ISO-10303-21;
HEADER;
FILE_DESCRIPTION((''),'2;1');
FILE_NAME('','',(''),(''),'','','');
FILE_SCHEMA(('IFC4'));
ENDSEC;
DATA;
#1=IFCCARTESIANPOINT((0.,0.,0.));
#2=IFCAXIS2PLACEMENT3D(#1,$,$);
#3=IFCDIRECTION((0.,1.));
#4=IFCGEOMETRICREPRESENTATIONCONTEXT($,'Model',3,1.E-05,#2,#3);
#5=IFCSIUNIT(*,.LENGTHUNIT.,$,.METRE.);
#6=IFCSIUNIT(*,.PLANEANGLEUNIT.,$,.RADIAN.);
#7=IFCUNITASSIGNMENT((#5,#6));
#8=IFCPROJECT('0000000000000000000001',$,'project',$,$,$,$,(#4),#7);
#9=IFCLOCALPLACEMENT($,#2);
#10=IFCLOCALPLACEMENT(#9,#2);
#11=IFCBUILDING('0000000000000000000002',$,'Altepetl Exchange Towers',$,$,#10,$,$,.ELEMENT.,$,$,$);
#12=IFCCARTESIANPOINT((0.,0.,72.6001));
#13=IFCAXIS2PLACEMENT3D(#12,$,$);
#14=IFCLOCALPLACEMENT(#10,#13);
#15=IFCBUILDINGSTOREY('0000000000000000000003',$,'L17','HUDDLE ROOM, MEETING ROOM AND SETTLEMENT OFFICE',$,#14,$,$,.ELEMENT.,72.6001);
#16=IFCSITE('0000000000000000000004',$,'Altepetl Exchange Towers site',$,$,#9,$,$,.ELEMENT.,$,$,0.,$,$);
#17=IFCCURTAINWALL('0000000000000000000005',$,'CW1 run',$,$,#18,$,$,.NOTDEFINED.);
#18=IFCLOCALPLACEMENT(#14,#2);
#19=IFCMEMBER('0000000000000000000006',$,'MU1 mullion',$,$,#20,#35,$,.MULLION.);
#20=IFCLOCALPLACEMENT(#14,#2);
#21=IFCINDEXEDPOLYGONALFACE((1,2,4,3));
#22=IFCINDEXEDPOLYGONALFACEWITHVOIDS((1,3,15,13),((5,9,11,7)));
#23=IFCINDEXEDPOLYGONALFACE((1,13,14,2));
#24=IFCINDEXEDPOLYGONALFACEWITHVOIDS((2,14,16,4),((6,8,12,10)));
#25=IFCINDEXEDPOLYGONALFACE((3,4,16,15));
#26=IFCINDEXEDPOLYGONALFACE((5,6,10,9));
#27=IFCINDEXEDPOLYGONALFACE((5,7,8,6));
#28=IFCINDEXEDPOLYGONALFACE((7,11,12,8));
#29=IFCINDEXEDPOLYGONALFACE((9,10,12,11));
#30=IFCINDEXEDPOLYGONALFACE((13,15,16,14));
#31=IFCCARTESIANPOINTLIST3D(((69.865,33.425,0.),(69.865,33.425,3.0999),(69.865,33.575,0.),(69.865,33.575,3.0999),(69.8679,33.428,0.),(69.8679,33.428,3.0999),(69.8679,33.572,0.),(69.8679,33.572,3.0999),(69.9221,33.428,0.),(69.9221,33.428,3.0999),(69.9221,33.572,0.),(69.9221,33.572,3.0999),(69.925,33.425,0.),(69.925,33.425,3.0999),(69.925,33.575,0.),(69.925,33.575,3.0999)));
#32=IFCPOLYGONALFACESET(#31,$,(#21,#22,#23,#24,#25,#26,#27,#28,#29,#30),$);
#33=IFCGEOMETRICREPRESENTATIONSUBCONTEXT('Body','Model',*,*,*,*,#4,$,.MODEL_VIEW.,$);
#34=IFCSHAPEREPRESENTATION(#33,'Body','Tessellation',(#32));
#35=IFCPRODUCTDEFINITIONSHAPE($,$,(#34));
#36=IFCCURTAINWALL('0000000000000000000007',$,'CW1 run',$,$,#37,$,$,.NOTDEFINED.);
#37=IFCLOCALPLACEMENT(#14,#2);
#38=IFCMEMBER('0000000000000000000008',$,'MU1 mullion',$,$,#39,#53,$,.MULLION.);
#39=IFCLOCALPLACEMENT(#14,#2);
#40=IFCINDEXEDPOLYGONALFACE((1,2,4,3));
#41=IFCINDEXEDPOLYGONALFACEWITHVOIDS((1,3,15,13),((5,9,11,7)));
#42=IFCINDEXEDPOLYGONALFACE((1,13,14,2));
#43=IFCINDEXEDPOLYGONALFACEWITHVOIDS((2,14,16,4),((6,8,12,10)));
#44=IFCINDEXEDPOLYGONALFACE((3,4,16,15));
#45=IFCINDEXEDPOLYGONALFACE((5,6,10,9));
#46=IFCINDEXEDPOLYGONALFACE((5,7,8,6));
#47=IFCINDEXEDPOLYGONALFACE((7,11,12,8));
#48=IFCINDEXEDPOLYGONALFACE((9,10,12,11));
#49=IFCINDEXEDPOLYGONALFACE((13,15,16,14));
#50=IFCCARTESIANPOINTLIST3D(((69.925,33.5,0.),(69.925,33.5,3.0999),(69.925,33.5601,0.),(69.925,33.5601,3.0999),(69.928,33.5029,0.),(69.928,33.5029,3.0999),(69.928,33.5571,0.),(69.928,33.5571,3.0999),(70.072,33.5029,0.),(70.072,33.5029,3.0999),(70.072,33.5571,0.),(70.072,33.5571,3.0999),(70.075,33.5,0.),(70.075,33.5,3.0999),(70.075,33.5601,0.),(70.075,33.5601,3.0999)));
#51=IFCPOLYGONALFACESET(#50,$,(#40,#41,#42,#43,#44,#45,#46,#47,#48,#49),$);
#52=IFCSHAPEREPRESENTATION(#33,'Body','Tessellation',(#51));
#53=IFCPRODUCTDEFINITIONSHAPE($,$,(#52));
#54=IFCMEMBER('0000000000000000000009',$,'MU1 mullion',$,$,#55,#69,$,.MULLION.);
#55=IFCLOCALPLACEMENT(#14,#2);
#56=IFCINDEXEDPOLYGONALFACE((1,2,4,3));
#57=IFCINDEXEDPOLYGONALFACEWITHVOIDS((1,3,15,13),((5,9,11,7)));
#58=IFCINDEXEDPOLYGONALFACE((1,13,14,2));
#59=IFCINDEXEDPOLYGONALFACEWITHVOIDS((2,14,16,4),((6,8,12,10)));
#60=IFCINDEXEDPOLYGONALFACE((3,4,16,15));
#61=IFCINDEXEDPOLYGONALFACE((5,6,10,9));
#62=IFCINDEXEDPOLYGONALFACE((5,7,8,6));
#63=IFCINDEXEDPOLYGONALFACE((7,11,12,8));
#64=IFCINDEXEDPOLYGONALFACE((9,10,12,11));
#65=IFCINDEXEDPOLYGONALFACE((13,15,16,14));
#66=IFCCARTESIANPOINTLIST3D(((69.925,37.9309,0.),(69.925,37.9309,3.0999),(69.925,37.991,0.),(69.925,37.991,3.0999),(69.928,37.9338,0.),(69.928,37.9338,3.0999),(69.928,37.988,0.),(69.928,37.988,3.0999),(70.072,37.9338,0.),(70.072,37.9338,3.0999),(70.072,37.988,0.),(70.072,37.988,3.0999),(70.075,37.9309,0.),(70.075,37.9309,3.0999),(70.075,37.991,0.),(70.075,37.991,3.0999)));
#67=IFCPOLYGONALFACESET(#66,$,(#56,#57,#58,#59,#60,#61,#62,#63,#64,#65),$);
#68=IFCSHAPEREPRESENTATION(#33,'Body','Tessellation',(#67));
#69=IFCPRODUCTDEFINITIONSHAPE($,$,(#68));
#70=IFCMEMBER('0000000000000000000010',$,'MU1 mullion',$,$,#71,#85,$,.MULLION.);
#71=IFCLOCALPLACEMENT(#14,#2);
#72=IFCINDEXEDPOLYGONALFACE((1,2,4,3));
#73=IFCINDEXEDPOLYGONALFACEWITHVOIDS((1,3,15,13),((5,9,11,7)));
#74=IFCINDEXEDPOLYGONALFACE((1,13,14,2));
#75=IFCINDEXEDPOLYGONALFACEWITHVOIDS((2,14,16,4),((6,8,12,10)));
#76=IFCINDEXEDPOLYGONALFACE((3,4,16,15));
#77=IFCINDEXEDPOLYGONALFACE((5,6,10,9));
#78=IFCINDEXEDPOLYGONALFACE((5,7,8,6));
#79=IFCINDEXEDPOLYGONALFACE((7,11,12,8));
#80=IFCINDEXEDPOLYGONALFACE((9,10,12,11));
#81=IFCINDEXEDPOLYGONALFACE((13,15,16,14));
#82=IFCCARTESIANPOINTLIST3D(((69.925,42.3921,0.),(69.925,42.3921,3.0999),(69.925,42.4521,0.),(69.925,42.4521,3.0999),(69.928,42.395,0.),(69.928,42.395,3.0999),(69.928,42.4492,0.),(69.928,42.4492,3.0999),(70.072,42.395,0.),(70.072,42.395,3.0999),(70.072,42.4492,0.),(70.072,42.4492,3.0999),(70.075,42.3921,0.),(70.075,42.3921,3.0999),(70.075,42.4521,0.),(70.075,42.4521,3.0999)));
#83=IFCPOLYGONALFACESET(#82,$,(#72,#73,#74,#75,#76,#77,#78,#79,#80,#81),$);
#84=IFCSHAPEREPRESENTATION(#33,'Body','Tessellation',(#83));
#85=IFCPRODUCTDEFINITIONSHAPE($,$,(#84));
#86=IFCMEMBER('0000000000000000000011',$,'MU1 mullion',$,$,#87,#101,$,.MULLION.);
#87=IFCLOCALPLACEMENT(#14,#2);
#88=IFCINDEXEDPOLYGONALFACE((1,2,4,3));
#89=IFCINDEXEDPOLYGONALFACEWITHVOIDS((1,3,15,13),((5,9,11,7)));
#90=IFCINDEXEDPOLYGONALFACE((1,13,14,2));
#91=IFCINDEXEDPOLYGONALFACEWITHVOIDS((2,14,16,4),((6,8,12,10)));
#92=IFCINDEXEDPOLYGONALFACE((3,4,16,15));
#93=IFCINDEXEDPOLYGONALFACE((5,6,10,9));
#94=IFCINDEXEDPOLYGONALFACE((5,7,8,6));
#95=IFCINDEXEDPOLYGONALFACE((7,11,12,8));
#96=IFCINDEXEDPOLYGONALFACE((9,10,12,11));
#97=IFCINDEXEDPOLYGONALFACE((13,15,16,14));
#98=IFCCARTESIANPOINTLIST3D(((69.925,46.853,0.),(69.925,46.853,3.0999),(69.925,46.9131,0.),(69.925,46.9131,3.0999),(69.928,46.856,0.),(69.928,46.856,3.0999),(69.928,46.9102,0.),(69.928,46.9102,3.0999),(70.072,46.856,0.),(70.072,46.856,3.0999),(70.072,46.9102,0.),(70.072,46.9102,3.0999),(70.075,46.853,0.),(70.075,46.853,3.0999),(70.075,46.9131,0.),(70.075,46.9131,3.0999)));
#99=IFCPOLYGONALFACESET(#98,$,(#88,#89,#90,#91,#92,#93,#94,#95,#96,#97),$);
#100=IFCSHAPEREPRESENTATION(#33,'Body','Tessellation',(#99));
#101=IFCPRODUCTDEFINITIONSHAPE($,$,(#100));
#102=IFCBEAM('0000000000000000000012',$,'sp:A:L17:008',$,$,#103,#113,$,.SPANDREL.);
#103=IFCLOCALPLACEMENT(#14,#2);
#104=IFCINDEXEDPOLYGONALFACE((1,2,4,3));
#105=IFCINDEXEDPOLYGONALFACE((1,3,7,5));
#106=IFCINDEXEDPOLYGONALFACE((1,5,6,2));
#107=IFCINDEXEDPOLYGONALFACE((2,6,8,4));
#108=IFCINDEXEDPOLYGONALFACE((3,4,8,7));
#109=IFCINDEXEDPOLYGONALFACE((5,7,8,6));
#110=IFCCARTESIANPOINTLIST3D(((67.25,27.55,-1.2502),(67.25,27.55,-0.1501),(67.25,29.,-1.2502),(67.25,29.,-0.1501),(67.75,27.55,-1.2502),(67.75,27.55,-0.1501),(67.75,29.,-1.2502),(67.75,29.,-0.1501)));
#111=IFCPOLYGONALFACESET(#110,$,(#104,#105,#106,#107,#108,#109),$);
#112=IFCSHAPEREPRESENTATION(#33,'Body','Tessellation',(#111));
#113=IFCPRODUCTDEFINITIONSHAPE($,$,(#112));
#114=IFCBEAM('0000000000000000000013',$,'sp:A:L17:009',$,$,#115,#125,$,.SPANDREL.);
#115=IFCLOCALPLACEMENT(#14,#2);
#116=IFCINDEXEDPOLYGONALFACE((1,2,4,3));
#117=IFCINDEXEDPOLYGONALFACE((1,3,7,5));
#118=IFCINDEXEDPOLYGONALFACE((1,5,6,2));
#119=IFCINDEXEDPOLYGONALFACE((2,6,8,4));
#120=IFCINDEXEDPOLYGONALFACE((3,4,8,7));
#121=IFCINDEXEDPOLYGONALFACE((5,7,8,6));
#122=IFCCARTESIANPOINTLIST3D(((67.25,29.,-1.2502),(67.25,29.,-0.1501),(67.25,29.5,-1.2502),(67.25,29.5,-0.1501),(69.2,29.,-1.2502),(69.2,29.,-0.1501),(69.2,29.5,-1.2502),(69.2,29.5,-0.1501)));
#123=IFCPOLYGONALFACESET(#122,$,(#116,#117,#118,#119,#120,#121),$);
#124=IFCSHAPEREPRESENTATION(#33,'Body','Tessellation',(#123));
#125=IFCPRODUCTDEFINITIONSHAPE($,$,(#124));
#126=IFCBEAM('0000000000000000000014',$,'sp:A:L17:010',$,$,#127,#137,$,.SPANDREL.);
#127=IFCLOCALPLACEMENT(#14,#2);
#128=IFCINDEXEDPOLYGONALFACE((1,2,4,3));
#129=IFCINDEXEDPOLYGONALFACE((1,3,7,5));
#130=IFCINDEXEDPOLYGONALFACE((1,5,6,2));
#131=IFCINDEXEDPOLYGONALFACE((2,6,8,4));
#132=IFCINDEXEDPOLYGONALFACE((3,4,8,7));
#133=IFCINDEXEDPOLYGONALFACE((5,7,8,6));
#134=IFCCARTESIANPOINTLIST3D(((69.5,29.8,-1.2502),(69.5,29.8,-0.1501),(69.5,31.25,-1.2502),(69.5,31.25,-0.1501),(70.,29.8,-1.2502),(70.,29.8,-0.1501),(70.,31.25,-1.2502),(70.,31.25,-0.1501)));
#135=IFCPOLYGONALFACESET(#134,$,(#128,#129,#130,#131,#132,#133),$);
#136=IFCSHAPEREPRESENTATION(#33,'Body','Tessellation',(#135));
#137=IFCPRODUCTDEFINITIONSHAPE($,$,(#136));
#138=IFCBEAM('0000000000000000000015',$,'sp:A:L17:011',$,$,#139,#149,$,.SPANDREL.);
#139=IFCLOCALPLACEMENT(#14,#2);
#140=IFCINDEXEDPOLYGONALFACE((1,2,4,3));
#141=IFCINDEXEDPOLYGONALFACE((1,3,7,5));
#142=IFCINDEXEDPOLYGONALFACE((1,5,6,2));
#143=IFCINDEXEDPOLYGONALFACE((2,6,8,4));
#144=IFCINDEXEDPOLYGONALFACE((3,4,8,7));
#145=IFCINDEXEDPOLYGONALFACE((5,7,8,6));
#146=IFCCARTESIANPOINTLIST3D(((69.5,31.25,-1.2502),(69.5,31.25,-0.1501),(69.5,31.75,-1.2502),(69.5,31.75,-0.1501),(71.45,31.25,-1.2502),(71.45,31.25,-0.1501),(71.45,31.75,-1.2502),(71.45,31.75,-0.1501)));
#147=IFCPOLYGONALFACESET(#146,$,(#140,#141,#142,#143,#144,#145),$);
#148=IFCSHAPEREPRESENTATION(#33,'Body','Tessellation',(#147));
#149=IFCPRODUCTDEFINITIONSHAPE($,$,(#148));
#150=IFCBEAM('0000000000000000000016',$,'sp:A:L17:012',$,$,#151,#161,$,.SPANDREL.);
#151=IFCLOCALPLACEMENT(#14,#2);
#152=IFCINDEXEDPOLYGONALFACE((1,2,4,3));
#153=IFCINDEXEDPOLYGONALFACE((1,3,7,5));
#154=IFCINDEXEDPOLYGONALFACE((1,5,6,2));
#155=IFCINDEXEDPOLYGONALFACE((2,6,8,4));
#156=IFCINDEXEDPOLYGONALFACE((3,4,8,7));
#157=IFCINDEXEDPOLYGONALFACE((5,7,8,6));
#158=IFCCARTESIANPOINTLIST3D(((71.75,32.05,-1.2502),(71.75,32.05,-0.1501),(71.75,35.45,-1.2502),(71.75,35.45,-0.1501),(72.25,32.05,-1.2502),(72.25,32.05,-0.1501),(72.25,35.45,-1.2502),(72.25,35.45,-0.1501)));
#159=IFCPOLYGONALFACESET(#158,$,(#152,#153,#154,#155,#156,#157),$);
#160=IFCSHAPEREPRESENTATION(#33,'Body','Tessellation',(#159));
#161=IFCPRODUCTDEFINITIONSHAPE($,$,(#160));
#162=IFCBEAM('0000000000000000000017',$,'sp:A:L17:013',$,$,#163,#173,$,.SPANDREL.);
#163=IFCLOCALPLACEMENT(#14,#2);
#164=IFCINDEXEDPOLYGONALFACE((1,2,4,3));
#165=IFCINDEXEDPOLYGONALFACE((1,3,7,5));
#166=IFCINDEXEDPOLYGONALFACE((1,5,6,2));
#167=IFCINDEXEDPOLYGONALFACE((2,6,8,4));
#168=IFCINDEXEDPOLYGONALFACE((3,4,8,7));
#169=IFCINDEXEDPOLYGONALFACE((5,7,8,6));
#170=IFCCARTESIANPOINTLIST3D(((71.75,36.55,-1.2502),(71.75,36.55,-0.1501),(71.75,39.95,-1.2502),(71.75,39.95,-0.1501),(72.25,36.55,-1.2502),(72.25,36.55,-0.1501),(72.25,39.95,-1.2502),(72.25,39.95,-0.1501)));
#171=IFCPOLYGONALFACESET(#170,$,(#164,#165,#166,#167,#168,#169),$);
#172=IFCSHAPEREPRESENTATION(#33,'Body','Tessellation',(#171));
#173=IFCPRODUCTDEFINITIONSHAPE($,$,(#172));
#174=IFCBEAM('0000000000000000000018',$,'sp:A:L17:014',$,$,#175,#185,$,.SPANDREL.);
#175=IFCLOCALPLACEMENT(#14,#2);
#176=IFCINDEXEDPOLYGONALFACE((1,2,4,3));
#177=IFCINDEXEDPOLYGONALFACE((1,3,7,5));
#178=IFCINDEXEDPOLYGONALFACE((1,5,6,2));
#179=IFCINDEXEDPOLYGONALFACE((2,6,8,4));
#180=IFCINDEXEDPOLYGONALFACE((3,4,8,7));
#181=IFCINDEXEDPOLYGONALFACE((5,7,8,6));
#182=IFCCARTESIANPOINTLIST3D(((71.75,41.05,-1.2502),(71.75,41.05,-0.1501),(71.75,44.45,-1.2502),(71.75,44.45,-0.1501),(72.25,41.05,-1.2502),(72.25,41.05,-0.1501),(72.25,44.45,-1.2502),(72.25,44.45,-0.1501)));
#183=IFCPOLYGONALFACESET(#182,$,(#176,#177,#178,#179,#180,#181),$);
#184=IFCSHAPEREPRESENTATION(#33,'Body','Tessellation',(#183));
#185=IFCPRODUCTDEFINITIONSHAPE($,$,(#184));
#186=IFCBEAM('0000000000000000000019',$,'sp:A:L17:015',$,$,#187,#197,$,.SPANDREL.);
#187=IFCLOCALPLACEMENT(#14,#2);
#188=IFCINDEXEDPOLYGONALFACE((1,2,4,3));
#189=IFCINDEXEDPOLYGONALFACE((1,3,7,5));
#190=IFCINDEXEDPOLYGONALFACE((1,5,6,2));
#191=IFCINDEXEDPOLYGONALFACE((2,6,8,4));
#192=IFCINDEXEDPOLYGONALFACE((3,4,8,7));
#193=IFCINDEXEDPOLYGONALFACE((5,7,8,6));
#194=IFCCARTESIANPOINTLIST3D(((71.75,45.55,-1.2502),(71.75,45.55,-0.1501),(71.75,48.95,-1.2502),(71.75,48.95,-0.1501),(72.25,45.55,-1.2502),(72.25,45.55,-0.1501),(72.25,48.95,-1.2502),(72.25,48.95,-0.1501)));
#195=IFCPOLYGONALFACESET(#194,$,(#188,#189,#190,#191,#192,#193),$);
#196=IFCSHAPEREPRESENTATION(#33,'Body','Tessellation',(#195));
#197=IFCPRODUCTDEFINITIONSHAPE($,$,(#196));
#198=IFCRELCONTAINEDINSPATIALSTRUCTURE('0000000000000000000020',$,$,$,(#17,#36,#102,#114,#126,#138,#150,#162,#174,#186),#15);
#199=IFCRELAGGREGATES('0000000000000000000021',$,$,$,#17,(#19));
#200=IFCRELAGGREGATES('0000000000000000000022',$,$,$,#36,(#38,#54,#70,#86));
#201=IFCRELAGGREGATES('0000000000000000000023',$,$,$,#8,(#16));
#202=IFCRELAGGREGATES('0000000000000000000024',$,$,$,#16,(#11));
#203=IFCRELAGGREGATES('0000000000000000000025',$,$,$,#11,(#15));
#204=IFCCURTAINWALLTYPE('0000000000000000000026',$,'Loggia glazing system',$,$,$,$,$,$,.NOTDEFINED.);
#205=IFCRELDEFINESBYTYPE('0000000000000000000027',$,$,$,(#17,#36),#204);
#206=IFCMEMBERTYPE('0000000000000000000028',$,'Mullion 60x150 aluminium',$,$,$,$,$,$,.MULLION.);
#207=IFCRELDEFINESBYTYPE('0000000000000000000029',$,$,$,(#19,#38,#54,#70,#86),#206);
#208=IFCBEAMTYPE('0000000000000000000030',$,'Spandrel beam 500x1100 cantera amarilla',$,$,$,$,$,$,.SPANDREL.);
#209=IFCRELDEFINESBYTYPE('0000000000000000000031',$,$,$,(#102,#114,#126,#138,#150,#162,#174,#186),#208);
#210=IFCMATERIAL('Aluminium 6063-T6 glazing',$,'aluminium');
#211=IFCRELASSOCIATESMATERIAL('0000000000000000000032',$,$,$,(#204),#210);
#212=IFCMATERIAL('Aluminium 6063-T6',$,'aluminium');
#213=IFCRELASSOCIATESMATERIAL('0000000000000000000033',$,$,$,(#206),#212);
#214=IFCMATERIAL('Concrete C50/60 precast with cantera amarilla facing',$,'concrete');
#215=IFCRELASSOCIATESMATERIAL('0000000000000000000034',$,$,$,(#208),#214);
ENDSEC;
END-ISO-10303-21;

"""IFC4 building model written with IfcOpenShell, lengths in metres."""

from ifc_helpers import new_model, si_unit, direction, frame, origin, origin_2d, place, context, subcontext, project, spatial, rectangle, hollow_rectangle, extrude, material, material_profile, profile_set, type_object, element, aggregate, save


model = new_model("IFC4")

# Units and contexts
model_context = context("Model", 3, precision=1e-05, world=origin(), true_north=direction((0.0, 1.0)))
body_context = subcontext(model_context, "Body", "Model", "MODEL_VIEW")
ifc_project = project(units=[si_unit("LENGTHUNIT", "METRE"), si_unit("PLANEANGLEUNIT", "RADIAN")], contexts=[model_context])

# Site, building, storey
site_placement = place(None, origin())
site = spatial("IfcSite", under=ifc_project, at=site_placement, Name="Altepetl Exchange Towers site", CompositionType="ELEMENT", RefElevation=0.0)
building_placement = place(site_placement, origin())
building = spatial("IfcBuilding", under=site, at=building_placement, Name="Altepetl Exchange Towers", CompositionType="ELEMENT")
storey_placement = place(building_placement, frame((0.0, 0.0, 72.6001)))
storey = spatial("IfcBuildingStorey", under=building, at=storey_placement, Name="L17", Description="HUDDLE ROOM, MEETING ROOM AND SETTLEMENT OFFICE", CompositionType="ELEMENT", Elevation=72.6001)

# Shared definitions
ifc_material_1 = material(Name="Aluminium 6063-T6 glazing", Category="aluminium")
curtain_wall_type = type_object("IfcCurtainWallType", Name="Loggia glazing system", PredefinedType="NOTDEFINED", material=ifc_material_1)
ifc_material_2 = material(Name="Aluminium 6063-T6", Category="aluminium")
ifc_material_profile_1 = material_profile(ifc_material_2, hollow_rectangle(XDim=0.0601, YDim=0.1499, WallThickness=0.0029, at=origin_2d()), Name="Mullion 60x150 aluminium")
ifc_profile_set_1 = profile_set([ifc_material_profile_1], Name="Aluminium 6063-T6")
member_type = type_object("IfcMemberType", Name="Mullion 60x150 aluminium", PredefinedType="MULLION", material=ifc_profile_set_1)

# Curtain walls, members
curtain_wall_1_placement = place(storey_placement, origin())
curtain_wall_1 = element("IfcCurtainWall", 1, at=curtain_wall_1_placement, inside=storey, type_object=curtain_wall_type, Name="CW1 run", PredefinedType="NOTDEFINED")
member_1_placement = place(storey_placement, frame((69.895, 33.5, 0.0)))
member_1 = element("IfcMember", 2, at=member_1_placement, type_object=member_type, Name="MU1 mullion", PredefinedType="MULLION", context=body_context, shape_type="SweptSolid", body=[
    extrude(hollow_rectangle(XDim=0.0601, YDim=0.1499, WallThickness=0.0029, at=origin_2d()), origin(), (0.0, 0.0, 1.0), 3.0999),
])
curtain_wall_2_placement = place(storey_placement, origin())
curtain_wall_2 = element("IfcCurtainWall", 3, at=curtain_wall_2_placement, inside=storey, type_object=curtain_wall_type, Name="CW1 run", PredefinedType="NOTDEFINED")
member_2_placement = place(storey_placement, frame((70.0, 33.53, 0.0), z_axis=(0.0, 0.0, 1.0), x_axis=(0.0, 1.0, 0.0)))
member_2 = element("IfcMember", 4, at=member_2_placement, type_object=member_type, Name="MU1 mullion", PredefinedType="MULLION", context=body_context, shape_type="SweptSolid", body=[
    extrude(hollow_rectangle(XDim=0.0601, YDim=0.1499, WallThickness=0.0029, at=origin_2d()), origin(), (0.0, 0.0, 1.0), 3.0999),
])
member_3_placement = place(storey_placement, frame((70.0, 37.9609, 0.0), z_axis=(0.0, 0.0, 1.0), x_axis=(0.0, 1.0, 0.0)))
member_3 = element("IfcMember", 5, at=member_3_placement, type_object=member_type, Name="MU1 mullion", PredefinedType="MULLION", context=body_context, shape_type="SweptSolid", body=[
    extrude(hollow_rectangle(XDim=0.0601, YDim=0.1499, WallThickness=0.0029, at=origin_2d()), origin(), (0.0, 0.0, 1.0), 3.0999),
])
member_4_placement = place(storey_placement, frame((70.0, 42.4221, 0.0), z_axis=(0.0, 0.0, 1.0), x_axis=(0.0, 1.0, 0.0)))
member_4 = element("IfcMember", 6, at=member_4_placement, type_object=member_type, Name="MU1 mullion", PredefinedType="MULLION", context=body_context, shape_type="SweptSolid", body=[
    extrude(hollow_rectangle(XDim=0.0601, YDim=0.1499, WallThickness=0.0029, at=origin_2d()), origin(), (0.0, 0.0, 1.0), 3.0999),
])
member_5_placement = place(storey_placement, frame((70.0, 46.8831, 0.0), z_axis=(0.0, 0.0, 1.0), x_axis=(0.0, 1.0, 0.0)))
member_5 = element("IfcMember", 7, at=member_5_placement, type_object=member_type, Name="MU1 mullion", PredefinedType="MULLION", context=body_context, shape_type="SweptSolid", body=[
    extrude(hollow_rectangle(XDim=0.0601, YDim=0.1499, WallThickness=0.0029, at=origin_2d()), origin(), (0.0, 0.0, 1.0), 3.0999),
])

# Beams
ifc_material_3 = material(Name="Concrete C50/60 precast with cantera amarilla facing", Category="concrete")
ifc_material_profile_2 = material_profile(ifc_material_3, rectangle(XDim=0.5, YDim=1.1001, at=origin_2d()), Name="500 x 1100")
ifc_profile_set_2 = profile_set([ifc_material_profile_2], Name="Concrete C50/60 precast with cantera amarilla facing")
beam_type_1 = type_object("IfcBeamType", Name="Spandrel beam 500x1100 cantera amarilla", PredefinedType="SPANDREL", material=ifc_profile_set_2)
beam_1_placement = place(storey_placement, frame((67.5, 27.55, -0.7002), z_axis=(0.0, 1.0, 0.0), x_axis=(-1.0, 0.0, 0.0)))
element("IfcBeam", 8, at=beam_1_placement, inside=storey, type_object=beam_type_1, Name="sp:A:L17:008", PredefinedType="SPANDREL", context=body_context, shape_type="SweptSolid", body=[
    extrude(rectangle(XDim=0.5, YDim=1.1001, at=origin_2d()), origin(), (0.0, 0.0, 1.0), 1.45),
])
beam_2_placement = place(storey_placement, frame((67.25, 29.25, -0.7002), z_axis=(1.0, 0.0, 0.0), x_axis=(0.0, 1.0, 0.0)))
element("IfcBeam", 9, at=beam_2_placement, inside=storey, type_object=beam_type_1, Name="sp:A:L17:009", PredefinedType="SPANDREL", context=body_context, shape_type="SweptSolid", body=[
    extrude(rectangle(XDim=0.5, YDim=1.1001, at=origin_2d()), origin(), (0.0, 0.0, 1.0), 1.95),
])
beam_3_placement = place(storey_placement, frame((69.75, 29.8, -0.7002), z_axis=(0.0, 1.0, 0.0), x_axis=(-1.0, 0.0, 0.0)))
element("IfcBeam", 10, at=beam_3_placement, inside=storey, type_object=beam_type_1, Name="sp:A:L17:010", PredefinedType="SPANDREL", context=body_context, shape_type="SweptSolid", body=[
    extrude(rectangle(XDim=0.5, YDim=1.1001, at=origin_2d()), origin(), (0.0, 0.0, 1.0), 1.45),
])
beam_4_placement = place(storey_placement, frame((69.5, 31.5, -0.7002), z_axis=(1.0, 0.0, 0.0), x_axis=(0.0, 1.0, 0.0)))
element("IfcBeam", 11, at=beam_4_placement, inside=storey, type_object=beam_type_1, Name="sp:A:L17:011", PredefinedType="SPANDREL", context=body_context, shape_type="SweptSolid", body=[
    extrude(rectangle(XDim=0.5, YDim=1.1001, at=origin_2d()), origin(), (0.0, 0.0, 1.0), 1.95),
])
for number, where, z_axis, x_axis, name in (
    (12, (72.0, 32.05, -0.7002), (0.0, 1.0, 0.0), (-1.0, 0.0, 0.0), "sp:A:L17:012"),
    (13, (72.0, 36.55, -0.7002), (0.0, 1.0, 0.0), (-1.0, 0.0, 0.0), "sp:A:L17:013"),
    (14, (72.0, 41.05, -0.7002), (0.0, 1.0, 0.0), (-1.0, 0.0, 0.0), "sp:A:L17:014"),
    (15, (72.0, 45.55, -0.7002), (0.0, 1.0, 0.0), (-1.0, 0.0, 0.0), "sp:A:L17:015"),
):
    element("IfcBeam", number, at=place(storey_placement, frame(where, z_axis=z_axis, x_axis=x_axis)), inside=storey, type_object=beam_type_1, Name=name, PredefinedType="SPANDREL", context=body_context, shape_type="SweptSolid", body=[
        extrude(rectangle(XDim=0.5, YDim=1.1001, at=origin_2d()), origin(), (0.0, 0.0, 1.0), 3.3999),
    ])

aggregate(curtain_wall_1, [member_1])
aggregate(curtain_wall_2, [member_2, member_3, member_4, member_5])

save(model, "model.ifc")
